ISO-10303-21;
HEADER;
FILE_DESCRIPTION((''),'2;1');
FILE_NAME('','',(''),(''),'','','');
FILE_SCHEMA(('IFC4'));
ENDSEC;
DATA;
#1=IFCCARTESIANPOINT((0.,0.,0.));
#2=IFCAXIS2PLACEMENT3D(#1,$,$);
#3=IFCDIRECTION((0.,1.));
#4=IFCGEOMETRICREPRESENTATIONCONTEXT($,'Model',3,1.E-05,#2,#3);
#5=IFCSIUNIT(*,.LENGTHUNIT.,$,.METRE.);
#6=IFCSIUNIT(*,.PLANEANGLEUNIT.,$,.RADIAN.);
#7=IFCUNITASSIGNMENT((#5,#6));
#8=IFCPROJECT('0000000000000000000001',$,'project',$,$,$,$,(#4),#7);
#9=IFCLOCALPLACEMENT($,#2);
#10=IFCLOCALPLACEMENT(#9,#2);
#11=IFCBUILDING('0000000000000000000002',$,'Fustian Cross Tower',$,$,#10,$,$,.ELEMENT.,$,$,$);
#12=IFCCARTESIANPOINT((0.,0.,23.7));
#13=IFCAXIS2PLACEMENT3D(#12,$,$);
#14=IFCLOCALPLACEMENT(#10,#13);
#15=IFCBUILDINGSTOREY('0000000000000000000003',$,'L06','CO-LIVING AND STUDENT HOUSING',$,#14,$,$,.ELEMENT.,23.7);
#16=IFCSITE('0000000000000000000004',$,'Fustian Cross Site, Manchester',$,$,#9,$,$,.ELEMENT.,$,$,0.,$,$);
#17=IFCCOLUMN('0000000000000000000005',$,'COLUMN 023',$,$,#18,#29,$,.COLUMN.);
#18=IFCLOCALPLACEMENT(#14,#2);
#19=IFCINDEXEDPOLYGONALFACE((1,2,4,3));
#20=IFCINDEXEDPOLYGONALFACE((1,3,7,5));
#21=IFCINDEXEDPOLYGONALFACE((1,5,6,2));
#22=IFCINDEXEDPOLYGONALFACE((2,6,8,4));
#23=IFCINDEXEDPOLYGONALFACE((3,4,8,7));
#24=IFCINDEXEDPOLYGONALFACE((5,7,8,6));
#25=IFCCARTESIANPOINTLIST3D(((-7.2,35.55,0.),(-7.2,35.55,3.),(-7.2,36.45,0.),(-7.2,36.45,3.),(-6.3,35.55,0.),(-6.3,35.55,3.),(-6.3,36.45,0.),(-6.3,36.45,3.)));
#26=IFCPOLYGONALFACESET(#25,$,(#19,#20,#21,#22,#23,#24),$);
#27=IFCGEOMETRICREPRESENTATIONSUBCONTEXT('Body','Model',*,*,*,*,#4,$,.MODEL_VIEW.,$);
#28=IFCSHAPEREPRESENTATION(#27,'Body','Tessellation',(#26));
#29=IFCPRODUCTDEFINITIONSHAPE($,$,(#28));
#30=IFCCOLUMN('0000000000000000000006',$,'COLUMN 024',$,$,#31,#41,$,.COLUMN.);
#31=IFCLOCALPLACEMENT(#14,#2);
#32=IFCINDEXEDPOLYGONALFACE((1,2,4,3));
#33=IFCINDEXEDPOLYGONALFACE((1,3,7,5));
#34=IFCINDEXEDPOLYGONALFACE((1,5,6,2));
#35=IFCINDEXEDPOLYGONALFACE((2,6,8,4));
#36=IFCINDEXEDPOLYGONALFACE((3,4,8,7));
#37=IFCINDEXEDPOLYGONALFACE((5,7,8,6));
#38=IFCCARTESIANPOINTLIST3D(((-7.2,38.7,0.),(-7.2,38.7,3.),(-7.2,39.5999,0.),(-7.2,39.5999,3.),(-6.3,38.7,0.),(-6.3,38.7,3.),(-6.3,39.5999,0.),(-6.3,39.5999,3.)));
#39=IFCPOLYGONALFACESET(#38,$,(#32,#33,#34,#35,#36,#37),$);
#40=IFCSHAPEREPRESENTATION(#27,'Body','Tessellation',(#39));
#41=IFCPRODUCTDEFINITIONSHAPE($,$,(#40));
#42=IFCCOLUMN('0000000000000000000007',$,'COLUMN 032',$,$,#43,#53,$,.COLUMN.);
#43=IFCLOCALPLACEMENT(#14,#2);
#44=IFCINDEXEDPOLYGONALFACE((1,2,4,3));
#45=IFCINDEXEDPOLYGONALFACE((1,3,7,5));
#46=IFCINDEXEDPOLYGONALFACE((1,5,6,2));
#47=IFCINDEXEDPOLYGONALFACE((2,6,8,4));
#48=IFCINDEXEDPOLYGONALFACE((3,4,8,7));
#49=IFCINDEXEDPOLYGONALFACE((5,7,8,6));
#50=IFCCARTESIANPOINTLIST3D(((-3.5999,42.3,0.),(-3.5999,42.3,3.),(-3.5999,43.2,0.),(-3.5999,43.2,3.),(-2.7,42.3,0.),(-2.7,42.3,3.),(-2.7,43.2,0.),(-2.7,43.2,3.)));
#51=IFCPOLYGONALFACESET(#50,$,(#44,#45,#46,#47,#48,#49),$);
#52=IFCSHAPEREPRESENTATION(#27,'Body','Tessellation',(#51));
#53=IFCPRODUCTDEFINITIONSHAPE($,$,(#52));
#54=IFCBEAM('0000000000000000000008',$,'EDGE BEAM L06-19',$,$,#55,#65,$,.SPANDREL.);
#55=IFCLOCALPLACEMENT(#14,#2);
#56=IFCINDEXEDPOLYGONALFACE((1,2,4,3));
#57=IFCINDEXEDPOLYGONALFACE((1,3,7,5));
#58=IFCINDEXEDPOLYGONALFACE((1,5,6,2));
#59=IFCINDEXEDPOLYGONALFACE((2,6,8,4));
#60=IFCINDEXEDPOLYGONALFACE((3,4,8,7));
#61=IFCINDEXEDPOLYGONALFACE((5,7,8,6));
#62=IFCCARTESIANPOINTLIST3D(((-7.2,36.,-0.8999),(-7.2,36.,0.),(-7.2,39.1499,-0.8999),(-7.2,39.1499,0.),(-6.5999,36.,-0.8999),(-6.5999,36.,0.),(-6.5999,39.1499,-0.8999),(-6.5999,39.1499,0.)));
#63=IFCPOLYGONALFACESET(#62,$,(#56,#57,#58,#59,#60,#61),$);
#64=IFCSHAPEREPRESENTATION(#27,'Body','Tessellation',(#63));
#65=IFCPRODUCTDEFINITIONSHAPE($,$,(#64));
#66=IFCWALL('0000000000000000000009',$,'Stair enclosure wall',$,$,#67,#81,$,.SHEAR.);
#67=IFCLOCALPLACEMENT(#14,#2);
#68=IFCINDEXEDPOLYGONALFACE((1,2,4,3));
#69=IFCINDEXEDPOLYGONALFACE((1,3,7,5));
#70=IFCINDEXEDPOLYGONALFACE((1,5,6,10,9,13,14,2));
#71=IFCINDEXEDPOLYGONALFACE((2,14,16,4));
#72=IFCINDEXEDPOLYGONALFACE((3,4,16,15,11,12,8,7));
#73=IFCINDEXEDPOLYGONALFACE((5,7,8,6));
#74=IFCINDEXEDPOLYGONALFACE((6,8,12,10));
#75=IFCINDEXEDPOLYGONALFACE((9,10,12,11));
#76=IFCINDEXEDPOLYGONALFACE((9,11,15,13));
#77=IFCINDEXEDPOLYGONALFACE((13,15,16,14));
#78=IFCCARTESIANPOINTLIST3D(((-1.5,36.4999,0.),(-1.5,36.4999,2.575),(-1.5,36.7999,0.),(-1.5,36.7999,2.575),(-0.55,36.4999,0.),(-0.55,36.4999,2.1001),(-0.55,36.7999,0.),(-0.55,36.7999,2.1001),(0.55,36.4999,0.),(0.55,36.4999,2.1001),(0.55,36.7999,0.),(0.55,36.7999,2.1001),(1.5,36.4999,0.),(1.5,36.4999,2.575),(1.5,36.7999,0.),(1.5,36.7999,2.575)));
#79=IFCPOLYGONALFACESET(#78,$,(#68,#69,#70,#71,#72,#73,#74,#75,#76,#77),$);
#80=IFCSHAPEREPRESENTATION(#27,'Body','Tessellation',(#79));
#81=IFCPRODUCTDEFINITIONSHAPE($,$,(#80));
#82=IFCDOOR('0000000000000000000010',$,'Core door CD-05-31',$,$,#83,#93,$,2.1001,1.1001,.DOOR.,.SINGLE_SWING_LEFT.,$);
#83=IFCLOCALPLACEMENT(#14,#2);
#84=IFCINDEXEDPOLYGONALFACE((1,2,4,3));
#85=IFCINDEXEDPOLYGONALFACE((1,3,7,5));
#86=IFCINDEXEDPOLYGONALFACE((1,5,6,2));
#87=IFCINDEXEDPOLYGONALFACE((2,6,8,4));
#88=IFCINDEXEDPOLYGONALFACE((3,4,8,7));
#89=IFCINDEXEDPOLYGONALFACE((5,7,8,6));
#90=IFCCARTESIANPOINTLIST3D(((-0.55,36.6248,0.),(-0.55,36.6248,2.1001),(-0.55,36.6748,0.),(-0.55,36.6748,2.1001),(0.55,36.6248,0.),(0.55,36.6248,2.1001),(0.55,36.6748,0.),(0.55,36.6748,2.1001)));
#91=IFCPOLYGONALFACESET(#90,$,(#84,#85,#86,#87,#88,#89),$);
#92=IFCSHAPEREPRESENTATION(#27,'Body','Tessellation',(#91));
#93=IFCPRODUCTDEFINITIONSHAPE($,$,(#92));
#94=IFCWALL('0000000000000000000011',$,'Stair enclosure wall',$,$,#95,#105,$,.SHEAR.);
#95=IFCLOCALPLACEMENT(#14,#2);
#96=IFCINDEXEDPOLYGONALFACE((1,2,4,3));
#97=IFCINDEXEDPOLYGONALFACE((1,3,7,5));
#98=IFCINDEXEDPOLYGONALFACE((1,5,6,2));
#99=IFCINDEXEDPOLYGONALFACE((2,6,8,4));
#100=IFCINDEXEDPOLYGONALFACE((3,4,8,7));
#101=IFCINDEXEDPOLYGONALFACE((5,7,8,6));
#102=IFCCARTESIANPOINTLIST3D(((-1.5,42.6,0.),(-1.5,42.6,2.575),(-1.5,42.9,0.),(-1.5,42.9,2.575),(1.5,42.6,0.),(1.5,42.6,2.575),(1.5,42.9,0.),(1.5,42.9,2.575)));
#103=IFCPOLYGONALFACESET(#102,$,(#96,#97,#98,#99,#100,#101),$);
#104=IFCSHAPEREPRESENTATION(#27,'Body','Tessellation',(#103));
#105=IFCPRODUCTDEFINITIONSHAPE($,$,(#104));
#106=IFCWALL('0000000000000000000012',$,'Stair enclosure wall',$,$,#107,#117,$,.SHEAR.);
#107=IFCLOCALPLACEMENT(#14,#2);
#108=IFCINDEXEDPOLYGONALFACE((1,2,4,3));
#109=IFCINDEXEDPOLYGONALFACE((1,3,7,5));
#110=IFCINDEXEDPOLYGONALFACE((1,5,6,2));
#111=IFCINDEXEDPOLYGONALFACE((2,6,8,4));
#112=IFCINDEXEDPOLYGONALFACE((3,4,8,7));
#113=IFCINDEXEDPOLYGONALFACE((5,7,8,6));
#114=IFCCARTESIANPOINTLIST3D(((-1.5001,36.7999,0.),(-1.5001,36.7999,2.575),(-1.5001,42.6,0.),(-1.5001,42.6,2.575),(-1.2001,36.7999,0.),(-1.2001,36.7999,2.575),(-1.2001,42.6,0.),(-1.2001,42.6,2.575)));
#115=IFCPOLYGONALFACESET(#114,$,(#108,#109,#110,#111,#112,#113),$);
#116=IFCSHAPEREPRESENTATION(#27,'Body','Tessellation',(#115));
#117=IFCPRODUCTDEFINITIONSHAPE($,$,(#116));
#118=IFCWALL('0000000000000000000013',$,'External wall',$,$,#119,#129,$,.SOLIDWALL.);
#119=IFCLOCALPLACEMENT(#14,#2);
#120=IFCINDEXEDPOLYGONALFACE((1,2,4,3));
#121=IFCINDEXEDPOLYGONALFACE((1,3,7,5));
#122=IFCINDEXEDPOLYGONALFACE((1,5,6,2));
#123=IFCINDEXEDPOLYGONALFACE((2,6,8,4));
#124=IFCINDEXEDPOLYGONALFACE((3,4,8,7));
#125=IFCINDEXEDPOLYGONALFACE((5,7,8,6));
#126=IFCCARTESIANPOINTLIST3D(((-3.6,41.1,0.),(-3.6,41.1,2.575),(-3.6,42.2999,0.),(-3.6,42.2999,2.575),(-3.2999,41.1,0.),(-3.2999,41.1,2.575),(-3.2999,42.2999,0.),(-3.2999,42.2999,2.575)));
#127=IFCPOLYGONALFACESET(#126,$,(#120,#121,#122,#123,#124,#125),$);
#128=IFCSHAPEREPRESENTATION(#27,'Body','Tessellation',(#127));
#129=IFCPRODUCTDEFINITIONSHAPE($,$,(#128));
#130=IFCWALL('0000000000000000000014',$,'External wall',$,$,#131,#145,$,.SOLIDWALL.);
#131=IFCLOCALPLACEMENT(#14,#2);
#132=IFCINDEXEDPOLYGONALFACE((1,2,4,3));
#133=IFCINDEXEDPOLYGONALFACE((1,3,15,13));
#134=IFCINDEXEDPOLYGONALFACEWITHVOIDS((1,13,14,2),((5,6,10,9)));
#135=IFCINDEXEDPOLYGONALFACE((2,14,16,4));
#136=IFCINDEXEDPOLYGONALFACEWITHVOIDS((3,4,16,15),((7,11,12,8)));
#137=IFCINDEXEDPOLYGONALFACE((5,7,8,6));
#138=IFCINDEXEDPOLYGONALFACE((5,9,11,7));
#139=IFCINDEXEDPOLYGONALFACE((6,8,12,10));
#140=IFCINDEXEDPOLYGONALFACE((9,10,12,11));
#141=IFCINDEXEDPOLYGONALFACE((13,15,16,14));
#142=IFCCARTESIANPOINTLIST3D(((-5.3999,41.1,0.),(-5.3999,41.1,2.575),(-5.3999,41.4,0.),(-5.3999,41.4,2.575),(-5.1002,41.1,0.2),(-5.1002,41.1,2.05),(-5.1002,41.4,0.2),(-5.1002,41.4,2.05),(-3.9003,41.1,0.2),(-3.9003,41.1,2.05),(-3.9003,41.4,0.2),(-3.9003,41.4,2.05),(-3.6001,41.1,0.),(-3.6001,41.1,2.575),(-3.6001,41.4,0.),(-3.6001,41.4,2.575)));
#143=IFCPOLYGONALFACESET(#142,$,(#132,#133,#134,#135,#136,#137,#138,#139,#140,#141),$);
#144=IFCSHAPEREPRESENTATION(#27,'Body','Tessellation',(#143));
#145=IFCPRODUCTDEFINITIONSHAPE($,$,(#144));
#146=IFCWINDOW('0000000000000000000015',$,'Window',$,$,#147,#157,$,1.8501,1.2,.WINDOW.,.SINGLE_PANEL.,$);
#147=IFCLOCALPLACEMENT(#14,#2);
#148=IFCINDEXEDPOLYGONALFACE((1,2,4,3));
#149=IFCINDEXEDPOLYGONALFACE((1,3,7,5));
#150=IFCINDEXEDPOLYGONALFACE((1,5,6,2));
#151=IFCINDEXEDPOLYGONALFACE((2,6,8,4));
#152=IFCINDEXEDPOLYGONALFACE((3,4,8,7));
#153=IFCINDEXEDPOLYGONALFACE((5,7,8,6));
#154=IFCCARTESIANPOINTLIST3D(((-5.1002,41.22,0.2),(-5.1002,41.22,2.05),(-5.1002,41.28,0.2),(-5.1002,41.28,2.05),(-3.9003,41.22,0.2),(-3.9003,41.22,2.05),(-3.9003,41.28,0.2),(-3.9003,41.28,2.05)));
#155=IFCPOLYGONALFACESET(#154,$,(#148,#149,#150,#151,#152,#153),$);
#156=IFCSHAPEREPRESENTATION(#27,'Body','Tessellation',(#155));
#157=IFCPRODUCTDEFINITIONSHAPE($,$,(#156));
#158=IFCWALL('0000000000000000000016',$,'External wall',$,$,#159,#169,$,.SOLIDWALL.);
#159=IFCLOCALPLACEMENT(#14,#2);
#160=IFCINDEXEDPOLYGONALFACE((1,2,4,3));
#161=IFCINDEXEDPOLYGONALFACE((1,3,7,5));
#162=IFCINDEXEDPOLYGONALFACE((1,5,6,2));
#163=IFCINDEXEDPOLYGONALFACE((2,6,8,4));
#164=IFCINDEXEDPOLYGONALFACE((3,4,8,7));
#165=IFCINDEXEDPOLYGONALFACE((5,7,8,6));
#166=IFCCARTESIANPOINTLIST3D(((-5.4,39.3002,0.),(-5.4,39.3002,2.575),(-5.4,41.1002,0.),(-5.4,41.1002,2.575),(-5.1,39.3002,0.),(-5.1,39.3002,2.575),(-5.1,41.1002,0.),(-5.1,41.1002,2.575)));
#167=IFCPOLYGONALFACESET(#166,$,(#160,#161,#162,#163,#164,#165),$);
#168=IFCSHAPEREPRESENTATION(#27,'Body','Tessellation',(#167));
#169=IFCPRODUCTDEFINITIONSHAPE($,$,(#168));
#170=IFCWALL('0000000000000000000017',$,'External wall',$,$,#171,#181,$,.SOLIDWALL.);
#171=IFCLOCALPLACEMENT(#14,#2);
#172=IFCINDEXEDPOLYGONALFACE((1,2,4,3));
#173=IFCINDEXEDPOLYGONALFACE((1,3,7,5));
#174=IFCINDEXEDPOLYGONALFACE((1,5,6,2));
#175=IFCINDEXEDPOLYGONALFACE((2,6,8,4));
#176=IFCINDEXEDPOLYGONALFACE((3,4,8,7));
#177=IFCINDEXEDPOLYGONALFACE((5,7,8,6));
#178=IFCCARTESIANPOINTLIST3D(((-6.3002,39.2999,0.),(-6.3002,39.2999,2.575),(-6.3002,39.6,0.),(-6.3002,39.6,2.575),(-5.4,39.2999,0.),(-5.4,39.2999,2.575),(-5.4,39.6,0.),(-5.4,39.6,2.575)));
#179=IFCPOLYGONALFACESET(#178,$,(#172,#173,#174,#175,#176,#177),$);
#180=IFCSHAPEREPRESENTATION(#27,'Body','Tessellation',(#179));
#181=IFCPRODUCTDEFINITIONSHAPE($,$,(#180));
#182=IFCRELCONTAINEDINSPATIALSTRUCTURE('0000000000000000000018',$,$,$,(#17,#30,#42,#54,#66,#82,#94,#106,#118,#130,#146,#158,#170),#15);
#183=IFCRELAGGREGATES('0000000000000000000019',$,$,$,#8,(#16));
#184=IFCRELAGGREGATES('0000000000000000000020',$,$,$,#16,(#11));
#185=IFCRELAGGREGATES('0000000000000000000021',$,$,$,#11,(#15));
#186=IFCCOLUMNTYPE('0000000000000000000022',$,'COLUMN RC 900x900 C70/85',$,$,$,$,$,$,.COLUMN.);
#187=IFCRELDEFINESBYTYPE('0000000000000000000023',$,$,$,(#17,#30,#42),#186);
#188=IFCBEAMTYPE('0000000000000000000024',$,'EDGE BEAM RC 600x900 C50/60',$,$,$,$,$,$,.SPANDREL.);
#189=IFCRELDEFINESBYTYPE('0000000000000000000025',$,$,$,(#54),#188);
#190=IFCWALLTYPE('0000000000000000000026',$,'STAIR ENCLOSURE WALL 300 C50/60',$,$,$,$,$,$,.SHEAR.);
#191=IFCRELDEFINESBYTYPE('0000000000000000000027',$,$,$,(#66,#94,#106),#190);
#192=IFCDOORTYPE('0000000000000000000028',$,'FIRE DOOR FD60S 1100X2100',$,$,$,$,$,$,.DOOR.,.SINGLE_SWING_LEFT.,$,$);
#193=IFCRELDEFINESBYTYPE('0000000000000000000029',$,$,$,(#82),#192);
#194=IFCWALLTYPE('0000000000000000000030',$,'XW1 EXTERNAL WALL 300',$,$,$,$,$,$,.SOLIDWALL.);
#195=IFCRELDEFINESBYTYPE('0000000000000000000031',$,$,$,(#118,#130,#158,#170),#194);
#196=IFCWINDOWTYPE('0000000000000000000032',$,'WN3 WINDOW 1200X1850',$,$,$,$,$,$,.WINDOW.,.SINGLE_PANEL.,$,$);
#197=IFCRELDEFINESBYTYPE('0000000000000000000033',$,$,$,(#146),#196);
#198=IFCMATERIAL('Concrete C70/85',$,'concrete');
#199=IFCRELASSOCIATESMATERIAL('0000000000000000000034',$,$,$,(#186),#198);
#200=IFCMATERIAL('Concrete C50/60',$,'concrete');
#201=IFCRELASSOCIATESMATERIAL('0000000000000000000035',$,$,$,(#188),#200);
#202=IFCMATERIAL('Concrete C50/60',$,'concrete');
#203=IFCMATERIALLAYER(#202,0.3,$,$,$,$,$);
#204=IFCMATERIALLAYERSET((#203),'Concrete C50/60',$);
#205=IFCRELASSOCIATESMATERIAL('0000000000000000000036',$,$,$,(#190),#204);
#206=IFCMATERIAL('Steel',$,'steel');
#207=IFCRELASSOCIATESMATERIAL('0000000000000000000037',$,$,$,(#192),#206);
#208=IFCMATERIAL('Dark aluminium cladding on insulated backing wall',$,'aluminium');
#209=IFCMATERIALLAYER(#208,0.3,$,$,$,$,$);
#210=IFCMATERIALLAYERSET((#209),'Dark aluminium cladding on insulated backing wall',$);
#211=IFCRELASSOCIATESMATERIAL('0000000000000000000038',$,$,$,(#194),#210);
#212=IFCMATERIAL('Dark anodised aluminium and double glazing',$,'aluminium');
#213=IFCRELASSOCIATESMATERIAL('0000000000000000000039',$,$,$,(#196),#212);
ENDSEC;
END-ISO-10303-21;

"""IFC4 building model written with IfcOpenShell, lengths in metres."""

from ifc_helpers import new_model, si_unit, direction, frame, frame_2d, origin, origin_2d, place, context, subcontext, project, spatial, rectangle, extrude, material, layer, layer_set, material_profile, profile_set, type_object, element, fill, save


model = new_model("IFC4")

# Units and contexts
model_context = context("Model", 3, precision=1e-05, world=origin(), true_north=direction((0.0, 1.0)))
body_context = subcontext(model_context, "Body", "Model", "MODEL_VIEW")
ifc_project = project(units=[si_unit("LENGTHUNIT", "METRE"), si_unit("PLANEANGLEUNIT", "RADIAN")], contexts=[model_context])

# Site, building, storey
site_placement = place(None, origin())
site = spatial("IfcSite", under=ifc_project, at=site_placement, Name="Fustian Cross Site, Manchester", CompositionType="ELEMENT", RefElevation=0.0)
building_placement = place(site_placement, origin())
building = spatial("IfcBuilding", under=site, at=building_placement, Name="Fustian Cross Tower", CompositionType="ELEMENT")
storey_placement = place(building_placement, frame((0.0, 0.0, 23.7)))
storey = spatial("IfcBuildingStorey", under=building, at=storey_placement, Name="L06", Description="CO-LIVING AND STUDENT HOUSING", CompositionType="ELEMENT", Elevation=23.7)

# Columns
ifc_material_1 = material(Name="Concrete C70/85", Category="concrete")
ifc_material_profile_1 = material_profile(ifc_material_1, rectangle(XDim=0.8999, YDim=0.8999, at=origin_2d()), Name="RC 900x900")
ifc_profile_set_1 = profile_set([ifc_material_profile_1], Name="Concrete C70/85")
column_type = type_object("IfcColumnType", Name="COLUMN RC 900x900 C70/85", PredefinedType="COLUMN", material=ifc_profile_set_1)
for number, where, z_axis, x_axis, name in (
    (1, (-6.75, 36.0, 0.0), (0.0, 0.0, 1.0), (1.0, 0.0, 0.0), "COLUMN 023"),
    (2, (-6.75, 39.1499, 0.0), (0.0, 0.0, 1.0), (1.0, 0.0, 0.0), "COLUMN 024"),
    (3, (-3.1499, 42.75, 0.0), (0.0, 0.0, 1.0), (1.0, 0.0, 0.0), "COLUMN 032"),
):
    element("IfcColumn", number, at=place(storey_placement, frame(where, z_axis=z_axis, x_axis=x_axis)), inside=storey, type_object=column_type, Name=name, PredefinedType="COLUMN", context=body_context, shape_type="SweptSolid", body=[
        extrude(rectangle(XDim=0.8999, YDim=0.8999, at=origin_2d()), origin(), (0.0, 0.0, 1.0), 3.0),
    ])

# Beam
ifc_material_2 = material(Name="Concrete C50/60", Category="concrete")
ifc_material_profile_2 = material_profile(ifc_material_2, rectangle(XDim=0.6001, YDim=0.8999, at=origin_2d()), Name="RC 600x900")
ifc_profile_set_2 = profile_set([ifc_material_profile_2], Name="Concrete C50/60")
beam_type = type_object("IfcBeamType", Name="EDGE BEAM RC 600x900 C50/60", PredefinedType="SPANDREL", material=ifc_profile_set_2)
beam_placement = place(storey_placement, frame((-6.8999, 39.1499, -0.45), z_axis=(0.0, -1.0, 0.0), x_axis=(1.0, 0.0, 0.0)))
element("IfcBeam", 4, at=beam_placement, inside=storey, type_object=beam_type, Name="EDGE BEAM L06-19", PredefinedType="SPANDREL", context=body_context, shape_type="SweptSolid", body=[
    extrude(rectangle(XDim=0.6001, YDim=0.8999, at=origin_2d()), origin(), (0.0, 0.0, 1.0), 3.1499),
])

# Wall, opening, door
ifc_material_3 = material(Name="Concrete C50/60", Category="concrete")
ifc_layer_1 = layer(ifc_material_3, 0.3)
ifc_layer_set_1 = layer_set([ifc_layer_1], Name="Concrete C50/60")
wall_type_1 = type_object("IfcWallType", Name="STAIR ENCLOSURE WALL 300 C50/60", PredefinedType="SHEAR", material=ifc_layer_set_1)
wall_1_placement = place(storey_placement, frame((-1.5, 36.6499, 0.0), z_axis=(0.0, 0.0, 1.0), x_axis=(1.0, 0.0, 0.0)))
wall_1 = element("IfcWall", 5, at=wall_1_placement, inside=storey, type_object=wall_type_1, Name="Stair enclosure wall", PredefinedType="SHEAR", context=body_context, shape_type="SweptSolid", body=[
    extrude(rectangle(XDim=3.0, YDim=0.3, at=frame_2d((1.5, 0.0))), origin(), (0.0, 0.0, 1.0), 2.575),
])
opening_1_placement = place(wall_1_placement, frame((0.95, 0.0, 0.0)))
opening_1 = element("IfcOpeningElement", 6, at=opening_1_placement, cuts=wall_1, PredefinedType="OPENING", context=body_context, shape_type="SweptSolid", body=[
    extrude(rectangle(XDim=1.1001, YDim=2.1001, at=frame_2d((0.55, 1.05))), frame((0.0, 0.1599, 0.0), z_axis=(0.0, -1.0, 0.0), x_axis=(1.0, 0.0, 0.0)), (0.0, 0.0, 1.0), 0.3201),
])
ifc_material_4 = material(Name="Steel", Category="steel")
door_type = type_object("IfcDoorType", Name="FIRE DOOR FD60S 1100X2100", OperationType="SINGLE_SWING_LEFT", PredefinedType="DOOR", material=ifc_material_4)
door_placement = place(opening_1_placement, origin())
door = element("IfcDoor", 7, at=door_placement, inside=storey, type_object=door_type, Name="Core door CD-05-31", OperationType="SINGLE_SWING_LEFT", OverallHeight=2.1001, OverallWidth=1.1001, PredefinedType="DOOR", context=body_context, shape_type="SweptSolid", body=[
    extrude(rectangle(XDim=1.1001, YDim=2.1001, at=frame_2d((0.55, 1.05))), frame((0.0, 0.0249, 0.0), z_axis=(0.0, -1.0, 0.0), x_axis=(1.0, 0.0, 0.0)), (0.0, 0.0, 1.0), 0.05),
])
fill(opening_1, door)

# Walls
wall_2_placement = place(storey_placement, frame((-1.5, 42.75, 0.0), z_axis=(0.0, 0.0, 1.0), x_axis=(1.0, 0.0, 0.0)))
element("IfcWall", 8, at=wall_2_placement, inside=storey, type_object=wall_type_1, Name="Stair enclosure wall", PredefinedType="SHEAR", context=body_context, shape_type="SweptSolid", body=[
    extrude(rectangle(XDim=3.0, YDim=0.3, at=frame_2d((1.5, 0.0))), origin(), (0.0, 0.0, 1.0), 2.575),
])
wall_3_placement = place(storey_placement, frame((-1.3501, 36.8, 0.0), z_axis=(0.0, 0.0, 1.0), x_axis=(0.0, 1.0, 0.0)))
element("IfcWall", 9, at=wall_3_placement, inside=storey, type_object=wall_type_1, Name="Stair enclosure wall", PredefinedType="SHEAR", context=body_context, shape_type="SweptSolid", body=[
    extrude(rectangle(XDim=5.8, YDim=0.3, at=frame_2d((2.8999, 0.0))), origin(), (0.0, 0.0, 1.0), 2.575),
])
ifc_material_5 = material(Name="Dark aluminium cladding on insulated backing wall", Category="aluminium")
ifc_layer_2 = layer(ifc_material_5, 0.3)
ifc_layer_set_2 = layer_set([ifc_layer_2], Name="Dark aluminium cladding on insulated backing wall")
wall_type_2 = type_object("IfcWallType", Name="XW1 EXTERNAL WALL 300", PredefinedType="SOLIDWALL", material=ifc_layer_set_2)
wall_4_placement = place(storey_placement, frame((-3.45, 42.3, 0.0), z_axis=(0.0, 0.0, 1.0), x_axis=(0.0, -1.0, 0.0)))
element("IfcWall", 10, at=wall_4_placement, inside=storey, type_object=wall_type_2, Name="External wall", PredefinedType="SOLIDWALL", context=body_context, shape_type="SweptSolid", body=[
    extrude(rectangle(XDim=1.2, YDim=0.3, at=frame_2d((0.6001, 0.0))), origin(), (0.0, 0.0, 1.0), 2.575),
])

# Wall, opening, window
wall_5_placement = place(storey_placement, frame((-3.6001, 41.25, 0.0), z_axis=(0.0, 0.0, 1.0), x_axis=(-1.0, 0.0, 0.0)))
wall_5 = element("IfcWall", 11, at=wall_5_placement, inside=storey, type_object=wall_type_2, Name="External wall", PredefinedType="SOLIDWALL", context=body_context, shape_type="SweptSolid", body=[
    extrude(rectangle(XDim=1.7998, YDim=0.3, at=frame_2d((0.8999, 0.0))), origin(), (0.0, 0.0, 1.0), 2.575),
])
opening_2_placement = place(wall_5_placement, frame((0.3, 0.0, 0.2)))
opening_2 = element("IfcOpeningElement", 12, at=opening_2_placement, cuts=wall_5, PredefinedType="OPENING", context=body_context, shape_type="SweptSolid", body=[
    extrude(rectangle(XDim=1.2, YDim=1.8501, at=frame_2d((0.6001, 0.925))), frame((0.0, 0.1599, 0.0), z_axis=(0.0, -1.0, 0.0), x_axis=(1.0, 0.0, 0.0)), (0.0, 0.0, 1.0), 0.3201),
])
ifc_material_6 = material(Name="Dark anodised aluminium and double glazing", Category="aluminium")
window_type = type_object("IfcWindowType", Name="WN3 WINDOW 1200X1850", PartitioningType="SINGLE_PANEL", PredefinedType="WINDOW", material=ifc_material_6)
window_placement = place(opening_2_placement, origin())
window = element("IfcWindow", 13, at=window_placement, inside=storey, type_object=window_type, Name="Window", OverallHeight=1.8501, OverallWidth=1.2, PartitioningType="SINGLE_PANEL", PredefinedType="WINDOW", context=body_context, shape_type="SweptSolid", body=[
    extrude(rectangle(XDim=1.2, YDim=1.8501, at=frame_2d((0.6001, 0.925))), frame((0.0, 0.03, 0.0), z_axis=(0.0, -1.0, 0.0), x_axis=(1.0, 0.0, 0.0)), (0.0, 0.0, 1.0), 0.0601),
])
fill(opening_2, window)

# Walls
wall_6_placement = place(storey_placement, frame((-5.25, 41.1001, 0.0), z_axis=(0.0, 0.0, 1.0), x_axis=(0.0, -1.0, 0.0)))
element("IfcWall", 14, at=wall_6_placement, inside=storey, type_object=wall_type_2, Name="External wall", PredefinedType="SOLIDWALL", context=body_context, shape_type="SweptSolid", body=[
    extrude(rectangle(XDim=1.8, YDim=0.3, at=frame_2d((0.8999, 0.0))), origin(), (0.0, 0.0, 1.0), 2.575),
])
wall_7_placement = place(storey_placement, frame((-5.3999, 39.45, 0.0), z_axis=(0.0, 0.0, 1.0), x_axis=(-1.0, 0.0, 0.0)))
element("IfcWall", 15, at=wall_7_placement, inside=storey, type_object=wall_type_2, Name="External wall", PredefinedType="SOLIDWALL", context=body_context, shape_type="SweptSolid", body=[
    extrude(rectangle(XDim=0.9001, YDim=0.3, at=frame_2d((0.4502, 0.0))), origin(), (0.0, 0.0, 1.0), 2.575),
])

save(model, "model.ifc")
